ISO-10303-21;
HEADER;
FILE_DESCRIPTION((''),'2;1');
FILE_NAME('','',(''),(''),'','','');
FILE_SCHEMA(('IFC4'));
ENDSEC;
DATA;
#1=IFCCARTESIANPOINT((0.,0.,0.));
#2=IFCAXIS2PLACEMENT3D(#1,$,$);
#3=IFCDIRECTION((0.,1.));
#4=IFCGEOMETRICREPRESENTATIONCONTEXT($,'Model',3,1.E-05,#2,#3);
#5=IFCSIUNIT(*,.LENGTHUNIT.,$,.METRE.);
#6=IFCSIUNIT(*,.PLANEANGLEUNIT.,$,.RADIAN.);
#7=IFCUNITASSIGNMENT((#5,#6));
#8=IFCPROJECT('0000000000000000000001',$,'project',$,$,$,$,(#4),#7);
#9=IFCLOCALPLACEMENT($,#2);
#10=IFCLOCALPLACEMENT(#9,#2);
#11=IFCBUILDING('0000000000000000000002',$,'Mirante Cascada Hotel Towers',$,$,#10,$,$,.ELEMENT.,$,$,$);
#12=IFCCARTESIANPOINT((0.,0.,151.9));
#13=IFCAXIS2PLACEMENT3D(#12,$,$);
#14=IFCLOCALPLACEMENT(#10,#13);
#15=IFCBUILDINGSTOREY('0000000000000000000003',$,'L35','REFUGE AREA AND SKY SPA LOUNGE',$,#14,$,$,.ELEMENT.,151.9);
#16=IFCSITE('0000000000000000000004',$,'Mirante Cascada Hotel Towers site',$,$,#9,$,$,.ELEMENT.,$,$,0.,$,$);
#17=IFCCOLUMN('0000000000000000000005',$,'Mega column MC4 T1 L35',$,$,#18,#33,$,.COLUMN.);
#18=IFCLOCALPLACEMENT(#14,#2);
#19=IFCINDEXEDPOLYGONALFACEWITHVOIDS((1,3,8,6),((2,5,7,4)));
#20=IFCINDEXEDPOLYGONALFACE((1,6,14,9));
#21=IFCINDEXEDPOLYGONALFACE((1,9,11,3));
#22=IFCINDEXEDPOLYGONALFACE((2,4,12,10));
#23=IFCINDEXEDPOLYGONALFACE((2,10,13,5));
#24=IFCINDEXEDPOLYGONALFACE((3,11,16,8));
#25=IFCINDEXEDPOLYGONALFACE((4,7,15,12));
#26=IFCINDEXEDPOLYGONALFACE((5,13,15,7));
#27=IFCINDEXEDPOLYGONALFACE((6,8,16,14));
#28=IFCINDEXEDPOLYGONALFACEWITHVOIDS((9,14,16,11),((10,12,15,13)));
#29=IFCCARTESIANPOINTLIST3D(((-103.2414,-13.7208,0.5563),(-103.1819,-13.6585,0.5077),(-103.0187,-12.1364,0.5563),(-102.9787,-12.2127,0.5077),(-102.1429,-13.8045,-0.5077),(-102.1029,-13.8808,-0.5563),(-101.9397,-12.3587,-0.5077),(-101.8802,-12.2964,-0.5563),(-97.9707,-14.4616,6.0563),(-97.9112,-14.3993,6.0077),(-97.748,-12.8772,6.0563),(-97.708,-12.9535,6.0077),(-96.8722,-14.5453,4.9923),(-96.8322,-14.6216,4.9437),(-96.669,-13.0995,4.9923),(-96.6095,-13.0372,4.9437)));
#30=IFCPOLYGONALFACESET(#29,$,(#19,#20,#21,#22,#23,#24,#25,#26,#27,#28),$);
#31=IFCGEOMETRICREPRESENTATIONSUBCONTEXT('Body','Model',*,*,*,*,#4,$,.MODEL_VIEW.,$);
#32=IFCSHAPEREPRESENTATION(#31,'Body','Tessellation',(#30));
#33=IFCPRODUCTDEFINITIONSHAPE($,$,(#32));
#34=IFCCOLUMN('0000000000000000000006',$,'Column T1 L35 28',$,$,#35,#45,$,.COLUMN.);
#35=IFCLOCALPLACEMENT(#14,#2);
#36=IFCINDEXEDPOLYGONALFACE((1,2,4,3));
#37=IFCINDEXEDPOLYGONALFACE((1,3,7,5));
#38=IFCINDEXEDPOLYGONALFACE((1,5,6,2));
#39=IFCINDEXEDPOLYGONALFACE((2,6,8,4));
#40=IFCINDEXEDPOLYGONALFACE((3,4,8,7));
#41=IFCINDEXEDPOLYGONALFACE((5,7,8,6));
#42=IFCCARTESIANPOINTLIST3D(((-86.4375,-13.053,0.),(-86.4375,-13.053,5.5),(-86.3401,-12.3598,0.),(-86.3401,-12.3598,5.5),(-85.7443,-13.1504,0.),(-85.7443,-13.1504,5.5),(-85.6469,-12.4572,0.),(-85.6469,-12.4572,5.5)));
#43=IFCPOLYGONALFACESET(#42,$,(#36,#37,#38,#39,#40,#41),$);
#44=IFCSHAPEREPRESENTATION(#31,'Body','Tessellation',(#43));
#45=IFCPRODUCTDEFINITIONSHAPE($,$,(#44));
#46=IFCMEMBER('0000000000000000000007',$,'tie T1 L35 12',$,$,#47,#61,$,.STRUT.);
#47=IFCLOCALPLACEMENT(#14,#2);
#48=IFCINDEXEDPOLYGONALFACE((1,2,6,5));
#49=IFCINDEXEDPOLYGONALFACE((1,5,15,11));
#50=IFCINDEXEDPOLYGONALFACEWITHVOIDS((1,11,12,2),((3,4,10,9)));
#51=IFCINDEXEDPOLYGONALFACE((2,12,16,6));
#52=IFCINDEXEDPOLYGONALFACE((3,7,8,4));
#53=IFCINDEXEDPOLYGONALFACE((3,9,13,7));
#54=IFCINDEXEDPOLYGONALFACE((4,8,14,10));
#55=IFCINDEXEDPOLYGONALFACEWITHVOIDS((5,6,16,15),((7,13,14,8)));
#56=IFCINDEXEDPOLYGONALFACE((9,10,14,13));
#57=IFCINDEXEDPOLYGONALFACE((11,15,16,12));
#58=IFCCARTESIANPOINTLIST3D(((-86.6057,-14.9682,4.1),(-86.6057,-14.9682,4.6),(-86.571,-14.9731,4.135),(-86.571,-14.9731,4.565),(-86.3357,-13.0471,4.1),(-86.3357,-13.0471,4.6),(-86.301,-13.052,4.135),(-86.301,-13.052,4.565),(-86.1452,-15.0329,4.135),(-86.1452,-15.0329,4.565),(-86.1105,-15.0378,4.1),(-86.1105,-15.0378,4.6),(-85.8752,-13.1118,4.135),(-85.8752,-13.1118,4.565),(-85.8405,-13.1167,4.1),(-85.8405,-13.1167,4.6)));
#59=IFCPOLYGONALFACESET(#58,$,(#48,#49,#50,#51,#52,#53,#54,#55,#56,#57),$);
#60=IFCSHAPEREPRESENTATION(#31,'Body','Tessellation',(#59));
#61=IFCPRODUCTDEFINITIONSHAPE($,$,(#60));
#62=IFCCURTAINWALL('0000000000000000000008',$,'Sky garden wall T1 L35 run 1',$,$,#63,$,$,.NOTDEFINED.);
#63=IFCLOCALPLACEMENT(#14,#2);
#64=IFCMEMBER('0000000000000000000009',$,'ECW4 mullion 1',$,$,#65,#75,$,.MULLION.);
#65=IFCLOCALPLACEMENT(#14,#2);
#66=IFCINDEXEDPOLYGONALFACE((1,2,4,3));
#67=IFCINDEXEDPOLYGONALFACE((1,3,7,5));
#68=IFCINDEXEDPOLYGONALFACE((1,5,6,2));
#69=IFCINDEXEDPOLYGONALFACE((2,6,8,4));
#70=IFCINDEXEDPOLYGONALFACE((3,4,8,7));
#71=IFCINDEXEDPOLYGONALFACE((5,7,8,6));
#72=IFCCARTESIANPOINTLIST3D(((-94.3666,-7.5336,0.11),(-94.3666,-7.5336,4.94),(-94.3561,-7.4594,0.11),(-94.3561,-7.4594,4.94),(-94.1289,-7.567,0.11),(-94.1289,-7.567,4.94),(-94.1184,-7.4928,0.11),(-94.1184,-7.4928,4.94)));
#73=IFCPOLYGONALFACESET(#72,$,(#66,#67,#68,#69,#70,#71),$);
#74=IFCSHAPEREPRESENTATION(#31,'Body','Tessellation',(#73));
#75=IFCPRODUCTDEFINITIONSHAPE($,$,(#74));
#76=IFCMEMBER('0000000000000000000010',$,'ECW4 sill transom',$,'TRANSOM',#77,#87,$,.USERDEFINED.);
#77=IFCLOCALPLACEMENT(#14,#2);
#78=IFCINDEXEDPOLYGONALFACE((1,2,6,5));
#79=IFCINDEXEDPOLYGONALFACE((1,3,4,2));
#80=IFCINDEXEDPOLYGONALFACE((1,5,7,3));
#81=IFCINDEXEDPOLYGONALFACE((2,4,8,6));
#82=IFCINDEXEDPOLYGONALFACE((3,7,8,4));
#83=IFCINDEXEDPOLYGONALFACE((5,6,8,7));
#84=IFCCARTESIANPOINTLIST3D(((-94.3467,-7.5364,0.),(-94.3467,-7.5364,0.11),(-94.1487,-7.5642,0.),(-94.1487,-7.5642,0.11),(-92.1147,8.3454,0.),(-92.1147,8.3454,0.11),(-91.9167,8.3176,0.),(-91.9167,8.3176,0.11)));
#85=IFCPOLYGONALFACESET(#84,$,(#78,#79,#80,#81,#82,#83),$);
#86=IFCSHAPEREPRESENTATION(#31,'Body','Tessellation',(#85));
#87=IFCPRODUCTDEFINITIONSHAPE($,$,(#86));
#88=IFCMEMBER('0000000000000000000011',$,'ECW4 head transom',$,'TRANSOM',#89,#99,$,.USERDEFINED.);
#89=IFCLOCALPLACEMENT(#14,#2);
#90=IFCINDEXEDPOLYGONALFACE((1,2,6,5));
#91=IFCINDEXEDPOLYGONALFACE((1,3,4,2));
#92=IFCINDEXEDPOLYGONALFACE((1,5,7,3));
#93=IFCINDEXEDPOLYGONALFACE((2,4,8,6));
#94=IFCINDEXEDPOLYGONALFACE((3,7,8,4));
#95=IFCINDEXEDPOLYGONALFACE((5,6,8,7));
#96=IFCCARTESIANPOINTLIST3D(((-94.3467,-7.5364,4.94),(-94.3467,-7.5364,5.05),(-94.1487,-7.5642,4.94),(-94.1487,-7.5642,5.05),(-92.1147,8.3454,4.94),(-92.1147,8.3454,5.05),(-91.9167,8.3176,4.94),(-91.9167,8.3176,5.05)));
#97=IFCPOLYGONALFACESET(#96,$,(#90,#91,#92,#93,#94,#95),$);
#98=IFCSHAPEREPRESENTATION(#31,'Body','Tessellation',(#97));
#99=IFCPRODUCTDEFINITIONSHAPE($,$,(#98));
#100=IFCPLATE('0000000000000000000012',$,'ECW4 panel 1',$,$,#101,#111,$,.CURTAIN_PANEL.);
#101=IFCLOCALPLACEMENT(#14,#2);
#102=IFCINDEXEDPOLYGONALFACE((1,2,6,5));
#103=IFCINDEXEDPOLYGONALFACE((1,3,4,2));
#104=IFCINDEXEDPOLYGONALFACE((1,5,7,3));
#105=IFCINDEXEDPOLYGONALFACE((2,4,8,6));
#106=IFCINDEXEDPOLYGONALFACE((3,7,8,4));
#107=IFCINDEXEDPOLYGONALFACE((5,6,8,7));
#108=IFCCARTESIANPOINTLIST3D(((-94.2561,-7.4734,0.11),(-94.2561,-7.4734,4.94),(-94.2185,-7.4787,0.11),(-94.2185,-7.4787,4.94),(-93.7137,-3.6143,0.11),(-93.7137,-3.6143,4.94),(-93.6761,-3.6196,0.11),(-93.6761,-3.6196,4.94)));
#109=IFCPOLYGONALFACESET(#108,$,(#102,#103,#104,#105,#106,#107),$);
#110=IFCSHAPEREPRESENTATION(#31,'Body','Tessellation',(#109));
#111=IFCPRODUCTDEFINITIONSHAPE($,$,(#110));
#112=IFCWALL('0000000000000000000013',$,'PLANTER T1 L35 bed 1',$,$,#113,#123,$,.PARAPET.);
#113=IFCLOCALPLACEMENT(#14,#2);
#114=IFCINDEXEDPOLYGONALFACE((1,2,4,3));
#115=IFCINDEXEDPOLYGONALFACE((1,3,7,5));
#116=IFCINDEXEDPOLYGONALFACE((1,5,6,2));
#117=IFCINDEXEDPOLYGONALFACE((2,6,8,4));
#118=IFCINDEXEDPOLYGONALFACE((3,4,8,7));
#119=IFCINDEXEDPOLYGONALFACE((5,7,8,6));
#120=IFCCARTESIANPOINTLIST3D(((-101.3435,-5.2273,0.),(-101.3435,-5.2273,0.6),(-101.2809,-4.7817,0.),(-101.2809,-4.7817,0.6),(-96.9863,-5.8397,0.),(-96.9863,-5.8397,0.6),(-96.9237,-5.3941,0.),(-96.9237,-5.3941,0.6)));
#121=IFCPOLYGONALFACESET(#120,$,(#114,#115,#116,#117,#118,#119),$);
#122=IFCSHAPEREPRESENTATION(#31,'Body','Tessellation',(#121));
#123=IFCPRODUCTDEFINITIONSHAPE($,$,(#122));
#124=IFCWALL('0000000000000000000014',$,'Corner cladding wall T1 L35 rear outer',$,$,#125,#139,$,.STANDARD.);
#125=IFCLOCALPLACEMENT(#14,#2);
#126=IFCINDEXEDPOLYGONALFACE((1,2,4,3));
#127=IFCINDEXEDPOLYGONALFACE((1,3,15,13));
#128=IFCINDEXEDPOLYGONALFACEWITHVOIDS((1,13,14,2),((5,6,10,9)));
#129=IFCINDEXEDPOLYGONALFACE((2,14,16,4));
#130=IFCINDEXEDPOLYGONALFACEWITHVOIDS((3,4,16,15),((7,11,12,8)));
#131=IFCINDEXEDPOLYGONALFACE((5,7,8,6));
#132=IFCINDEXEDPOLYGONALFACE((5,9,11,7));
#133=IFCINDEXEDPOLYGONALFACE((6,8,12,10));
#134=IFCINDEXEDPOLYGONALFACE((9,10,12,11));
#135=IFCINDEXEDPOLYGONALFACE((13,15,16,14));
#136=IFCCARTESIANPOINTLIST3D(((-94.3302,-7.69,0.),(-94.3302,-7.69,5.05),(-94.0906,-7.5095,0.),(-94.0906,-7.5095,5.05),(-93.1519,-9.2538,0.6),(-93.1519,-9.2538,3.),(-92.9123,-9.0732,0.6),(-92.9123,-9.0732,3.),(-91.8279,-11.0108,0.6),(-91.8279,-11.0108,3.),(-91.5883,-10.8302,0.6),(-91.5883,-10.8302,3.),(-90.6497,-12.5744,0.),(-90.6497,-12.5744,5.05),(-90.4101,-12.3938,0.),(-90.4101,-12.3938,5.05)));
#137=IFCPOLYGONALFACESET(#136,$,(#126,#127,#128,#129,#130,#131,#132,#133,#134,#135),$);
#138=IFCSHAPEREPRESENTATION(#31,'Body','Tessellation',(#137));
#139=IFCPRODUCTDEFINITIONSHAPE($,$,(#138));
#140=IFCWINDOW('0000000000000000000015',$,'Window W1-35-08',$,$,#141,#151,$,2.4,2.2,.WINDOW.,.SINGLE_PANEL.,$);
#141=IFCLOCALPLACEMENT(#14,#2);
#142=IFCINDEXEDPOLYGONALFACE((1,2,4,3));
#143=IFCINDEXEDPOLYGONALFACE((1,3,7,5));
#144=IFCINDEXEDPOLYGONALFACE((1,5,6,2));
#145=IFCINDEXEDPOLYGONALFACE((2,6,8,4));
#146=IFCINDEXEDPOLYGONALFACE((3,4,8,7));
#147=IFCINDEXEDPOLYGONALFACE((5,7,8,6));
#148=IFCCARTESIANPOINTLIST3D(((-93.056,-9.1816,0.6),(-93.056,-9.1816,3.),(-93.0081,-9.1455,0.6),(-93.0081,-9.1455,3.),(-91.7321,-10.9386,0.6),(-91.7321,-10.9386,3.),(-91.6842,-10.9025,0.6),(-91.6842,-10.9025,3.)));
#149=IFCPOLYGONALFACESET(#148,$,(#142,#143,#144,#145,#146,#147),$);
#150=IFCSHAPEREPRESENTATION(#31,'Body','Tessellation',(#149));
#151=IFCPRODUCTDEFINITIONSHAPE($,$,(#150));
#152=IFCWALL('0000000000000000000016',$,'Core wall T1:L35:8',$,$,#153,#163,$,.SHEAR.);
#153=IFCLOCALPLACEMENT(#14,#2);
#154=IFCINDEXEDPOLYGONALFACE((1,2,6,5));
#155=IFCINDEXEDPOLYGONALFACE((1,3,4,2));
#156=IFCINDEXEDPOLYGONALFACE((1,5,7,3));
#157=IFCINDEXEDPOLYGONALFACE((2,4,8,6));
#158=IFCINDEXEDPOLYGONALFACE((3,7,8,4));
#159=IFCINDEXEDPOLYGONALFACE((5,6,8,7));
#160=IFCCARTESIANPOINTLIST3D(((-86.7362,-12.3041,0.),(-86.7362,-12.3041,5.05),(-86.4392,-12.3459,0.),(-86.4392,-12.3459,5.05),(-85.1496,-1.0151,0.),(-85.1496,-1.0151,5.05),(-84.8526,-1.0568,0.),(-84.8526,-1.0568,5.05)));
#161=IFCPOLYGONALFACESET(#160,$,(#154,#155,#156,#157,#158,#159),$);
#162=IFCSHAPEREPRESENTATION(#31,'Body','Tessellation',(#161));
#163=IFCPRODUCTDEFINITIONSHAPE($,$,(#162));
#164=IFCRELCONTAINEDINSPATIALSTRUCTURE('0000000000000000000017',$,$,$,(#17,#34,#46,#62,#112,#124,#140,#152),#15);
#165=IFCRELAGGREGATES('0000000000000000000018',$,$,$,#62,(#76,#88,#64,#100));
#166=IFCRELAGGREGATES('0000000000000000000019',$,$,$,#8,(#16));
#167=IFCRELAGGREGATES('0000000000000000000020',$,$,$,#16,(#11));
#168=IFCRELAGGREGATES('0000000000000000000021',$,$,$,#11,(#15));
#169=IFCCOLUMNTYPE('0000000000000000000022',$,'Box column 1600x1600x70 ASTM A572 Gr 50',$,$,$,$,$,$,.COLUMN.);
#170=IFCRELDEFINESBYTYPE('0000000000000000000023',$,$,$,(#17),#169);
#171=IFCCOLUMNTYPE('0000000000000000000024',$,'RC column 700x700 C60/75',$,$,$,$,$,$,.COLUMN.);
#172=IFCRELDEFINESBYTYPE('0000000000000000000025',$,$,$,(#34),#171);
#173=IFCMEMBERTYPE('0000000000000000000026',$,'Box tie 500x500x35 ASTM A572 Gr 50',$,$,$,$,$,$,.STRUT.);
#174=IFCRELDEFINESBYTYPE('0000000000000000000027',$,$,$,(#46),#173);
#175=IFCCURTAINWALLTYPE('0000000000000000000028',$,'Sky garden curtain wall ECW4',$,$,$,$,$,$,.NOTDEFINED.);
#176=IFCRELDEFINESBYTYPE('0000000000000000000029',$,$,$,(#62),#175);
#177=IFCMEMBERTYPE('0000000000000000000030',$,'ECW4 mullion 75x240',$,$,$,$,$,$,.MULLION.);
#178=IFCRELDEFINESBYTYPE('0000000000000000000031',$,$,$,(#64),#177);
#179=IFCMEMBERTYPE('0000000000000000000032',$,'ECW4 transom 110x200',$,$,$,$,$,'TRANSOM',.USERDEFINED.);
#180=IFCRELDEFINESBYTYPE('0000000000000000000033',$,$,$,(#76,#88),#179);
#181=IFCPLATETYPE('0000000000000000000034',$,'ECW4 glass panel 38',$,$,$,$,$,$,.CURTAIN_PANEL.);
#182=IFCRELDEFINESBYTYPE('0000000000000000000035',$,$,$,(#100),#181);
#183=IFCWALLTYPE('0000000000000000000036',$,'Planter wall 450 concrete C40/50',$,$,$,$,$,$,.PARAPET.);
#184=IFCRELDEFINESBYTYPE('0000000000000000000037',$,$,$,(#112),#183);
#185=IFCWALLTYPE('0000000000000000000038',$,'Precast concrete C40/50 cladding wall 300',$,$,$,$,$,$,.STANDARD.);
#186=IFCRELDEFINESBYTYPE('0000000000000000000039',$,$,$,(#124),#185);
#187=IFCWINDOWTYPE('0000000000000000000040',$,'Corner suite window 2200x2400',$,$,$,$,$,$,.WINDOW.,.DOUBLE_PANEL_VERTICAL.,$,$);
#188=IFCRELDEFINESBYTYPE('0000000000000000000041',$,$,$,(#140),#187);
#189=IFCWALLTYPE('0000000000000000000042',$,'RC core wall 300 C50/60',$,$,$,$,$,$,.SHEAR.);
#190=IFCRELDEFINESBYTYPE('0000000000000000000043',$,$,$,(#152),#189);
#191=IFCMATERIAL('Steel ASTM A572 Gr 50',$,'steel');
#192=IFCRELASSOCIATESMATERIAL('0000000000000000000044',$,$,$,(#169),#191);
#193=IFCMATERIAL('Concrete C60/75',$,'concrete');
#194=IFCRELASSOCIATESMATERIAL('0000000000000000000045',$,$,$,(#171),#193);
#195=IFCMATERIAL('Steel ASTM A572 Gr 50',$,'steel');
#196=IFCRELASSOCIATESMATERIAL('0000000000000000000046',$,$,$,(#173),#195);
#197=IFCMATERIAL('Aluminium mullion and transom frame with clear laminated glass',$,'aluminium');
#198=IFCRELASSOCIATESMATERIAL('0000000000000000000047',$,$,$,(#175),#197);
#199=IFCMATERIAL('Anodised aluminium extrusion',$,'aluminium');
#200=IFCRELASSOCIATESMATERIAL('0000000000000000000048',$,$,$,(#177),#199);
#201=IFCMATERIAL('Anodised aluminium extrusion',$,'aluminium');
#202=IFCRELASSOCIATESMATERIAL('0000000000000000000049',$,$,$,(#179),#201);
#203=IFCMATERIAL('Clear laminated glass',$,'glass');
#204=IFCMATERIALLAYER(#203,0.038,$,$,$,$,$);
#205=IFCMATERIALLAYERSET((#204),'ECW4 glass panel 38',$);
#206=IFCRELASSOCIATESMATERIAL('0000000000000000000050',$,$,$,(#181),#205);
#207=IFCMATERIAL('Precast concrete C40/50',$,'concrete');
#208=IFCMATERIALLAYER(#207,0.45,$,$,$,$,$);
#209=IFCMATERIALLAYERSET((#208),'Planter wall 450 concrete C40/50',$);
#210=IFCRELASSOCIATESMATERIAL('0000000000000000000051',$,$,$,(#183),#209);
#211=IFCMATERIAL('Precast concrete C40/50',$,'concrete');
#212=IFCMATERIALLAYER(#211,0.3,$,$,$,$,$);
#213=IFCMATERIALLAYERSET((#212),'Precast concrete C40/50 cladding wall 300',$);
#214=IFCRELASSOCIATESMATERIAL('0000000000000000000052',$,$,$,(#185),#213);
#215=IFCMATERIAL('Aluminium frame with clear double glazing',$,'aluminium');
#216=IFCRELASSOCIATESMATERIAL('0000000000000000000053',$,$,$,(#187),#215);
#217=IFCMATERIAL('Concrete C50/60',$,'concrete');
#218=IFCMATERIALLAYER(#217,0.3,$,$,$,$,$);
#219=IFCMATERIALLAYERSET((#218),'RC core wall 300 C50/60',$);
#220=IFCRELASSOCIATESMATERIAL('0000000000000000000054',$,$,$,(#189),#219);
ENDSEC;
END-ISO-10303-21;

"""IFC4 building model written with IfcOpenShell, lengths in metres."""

from ifc_helpers import new_model, si_unit, direction, frame, frame_2d, origin, origin_2d, place, context, subcontext, project, spatial, rectangle, hollow_rectangle, extrude, material, layer, layer_set, material_profile, profile_set, type_object, element, fill, aggregate, save


model = new_model("IFC4")

# Units and contexts
model_context = context("Model", 3, precision=1e-05, world=origin(), true_north=direction((0.0, 1.0)))
body_context = subcontext(model_context, "Body", "Model", "MODEL_VIEW")
ifc_project = project(units=[si_unit("LENGTHUNIT", "METRE"), si_unit("PLANEANGLEUNIT", "RADIAN")], contexts=[model_context])

# Site, building, storey
site_placement = place(None, origin())
site = spatial("IfcSite", under=ifc_project, at=site_placement, Name="Mirante Cascada Hotel Towers site", CompositionType="ELEMENT", RefElevation=0.0)
building_placement = place(site_placement, origin())
building = spatial("IfcBuilding", under=site, at=building_placement, Name="Mirante Cascada Hotel Towers", CompositionType="ELEMENT")
storey_placement = place(building_placement, frame((0.0, 0.0, 151.9)))
storey = spatial("IfcBuildingStorey", under=building, at=storey_placement, Name="L35", Description="REFUGE AREA AND SKY SPA LOUNGE", CompositionType="ELEMENT", Elevation=151.9)

# Columns
ifc_material_1 = material(Name="Steel ASTM A572 Gr 50", Category="steel")
ifc_material_profile_1 = material_profile(ifc_material_1, hollow_rectangle(XDim=1.6, YDim=1.6, WallThickness=0.07, at=origin_2d()), Name="Box column 1600x1600x70 ASTM A572 Gr 50")
ifc_profile_set_1 = profile_set([ifc_material_profile_1], Name="Steel ASTM A572 Gr 50")
column_type_1 = type_object("IfcColumnType", Name="Box column 1600x1600x70 ASTM A572 Gr 50", PredefinedType="COLUMN", material=ifc_profile_set_1)
column_1_placement = place(storey_placement, frame((-102.5608, -13.0086, 0.0), z_axis=(0.688648, -0.09679, 0.718607), x_axis=(0.139183, 0.990267, 0.0)))
element("IfcColumn", 1, at=column_1_placement, inside=storey, type_object=column_type_1, Name="Mega column MC4 T1 L35", PredefinedType="COLUMN", context=body_context, shape_type="SweptSolid", body=[
    extrude(hollow_rectangle(XDim=1.6, YDim=1.6, WallThickness=0.07, at=origin_2d()), origin(), (0.0, 0.0, 1.0), 7.6537),
])
ifc_material_2 = material(Name="Concrete C60/75", Category="concrete")
ifc_material_profile_2 = material_profile(ifc_material_2, rectangle(XDim=0.7, YDim=0.7, at=origin_2d()), Name="RC column 700x700 C60/75")
ifc_profile_set_2 = profile_set([ifc_material_profile_2], Name="Concrete C60/75")
column_type_2 = type_object("IfcColumnType", Name="RC column 700x700 C60/75", PredefinedType="COLUMN", material=ifc_profile_set_2)
column_2_placement = place(storey_placement, frame((-86.0422, -12.7551, 0.0), z_axis=(0.0, 0.0, 1.0), x_axis=(-0.990268, 0.139173, 0.0)))
element("IfcColumn", 2, at=column_2_placement, inside=storey, type_object=column_type_2, Name="Column T1 L35 28", PredefinedType="COLUMN", context=body_context, shape_type="SweptSolid", body=[
    extrude(rectangle(XDim=0.7, YDim=0.7, at=origin_2d()), origin(), (0.0, 0.0, 1.0), 5.5),
])

# Member
ifc_material_3 = material(Name="Steel ASTM A572 Gr 50", Category="steel")
ifc_material_profile_3 = material_profile(ifc_material_3, hollow_rectangle(XDim=0.5, YDim=0.5, WallThickness=0.035, at=origin_2d()), Name="Box tie 500x500x35 ASTM A572 Gr 50")
ifc_profile_set_3 = profile_set([ifc_material_profile_3], Name="Steel ASTM A572 Gr 50")
member_type_1 = type_object("IfcMemberType", Name="Box tie 500x500x35 ASTM A572 Gr 50", PredefinedType="STRUT", material=ifc_profile_set_3)
member_1_placement = place(storey_placement, frame((-86.0881, -13.0819, 4.35), z_axis=(-0.139177, -0.990268, 0.0), x_axis=(0.990268, -0.139177, 0.0)))
element("IfcMember", 3, at=member_1_placement, inside=storey, type_object=member_type_1, Name="tie T1 L35 12", PredefinedType="STRUT", context=body_context, shape_type="SweptSolid", body=[
    extrude(hollow_rectangle(XDim=0.5, YDim=0.5, WallThickness=0.035, at=origin_2d()), origin(), (0.0, 0.0, 1.0), 1.94),
])

# Curtain wall, members, plate
ifc_material_4 = material(Name="Aluminium mullion and transom frame with clear laminated glass", Category="aluminium")
curtain_wall_type = type_object("IfcCurtainWallType", Name="Sky garden curtain wall ECW4", PredefinedType="NOTDEFINED", material=ifc_material_4)
curtain_wall_placement = place(storey_placement, origin())
curtain_wall = element("IfcCurtainWall", 4, at=curtain_wall_placement, inside=storey, type_object=curtain_wall_type, Name="Sky garden wall T1 L35 run 1", PredefinedType="NOTDEFINED")
ifc_material_5 = material(Name="Anodised aluminium extrusion", Category="aluminium")
ifc_material_profile_4 = material_profile(ifc_material_5, rectangle(XDim=0.24, YDim=0.075, at=origin_2d()), Name="ECW4 MULLION 75x240")
ifc_profile_set_4 = profile_set([ifc_material_profile_4], Name="Anodised aluminium extrusion")
member_type_2 = type_object("IfcMemberType", Name="ECW4 mullion 75x240", PredefinedType="MULLION", material=ifc_profile_set_4)
member_2_placement = place(storey_placement, frame((-94.2425, -7.5132, 0.11), z_axis=(0.0, 0.0, 1.0), x_axis=(-0.990268, 0.139173, 0.0)))
member_2 = element("IfcMember", 5, at=member_2_placement, type_object=member_type_2, Name="ECW4 mullion 1", PredefinedType="MULLION", context=body_context, shape_type="SweptSolid", body=[
    extrude(rectangle(XDim=0.24, YDim=0.075, at=origin_2d()), origin(), (0.0, 0.0, 1.0), 4.83),
])
ifc_material_6 = material(Name="Anodised aluminium extrusion", Category="aluminium")
ifc_material_profile_5 = material_profile(ifc_material_6, rectangle(XDim=0.2, YDim=0.11, at=origin_2d()), Name="ECW4 TRANSOM 110x200")
ifc_profile_set_5 = profile_set([ifc_material_profile_5], Name="Anodised aluminium extrusion")
member_type_3 = type_object("IfcMemberType", Name="ECW4 transom 110x200", ElementType="TRANSOM", PredefinedType="USERDEFINED", material=ifc_profile_set_5)
member_3_placement = place(storey_placement, frame((-94.2477, -7.5503, 0.055), z_axis=(0.139171, 0.990268, 0.0), x_axis=(-0.990268, 0.139171, 0.0)))
member_3 = element("IfcMember", 6, at=member_3_placement, type_object=member_type_3, Name="ECW4 sill transom", ObjectType="TRANSOM", PredefinedType="USERDEFINED", context=body_context, shape_type="SweptSolid", body=[
    extrude(rectangle(XDim=0.2, YDim=0.11, at=origin_2d()), origin(), (0.0, 0.0, 1.0), 16.0379),
])
member_4_placement = place(storey_placement, frame((-94.2477, -7.5503, 4.995), z_axis=(0.139171, 0.990268, 0.0), x_axis=(-0.990268, 0.139171, 0.0)))
member_4 = element("IfcMember", 7, at=member_4_placement, type_object=member_type_3, Name="ECW4 head transom", ObjectType="TRANSOM", PredefinedType="USERDEFINED", context=body_context, shape_type="SweptSolid", body=[
    extrude(rectangle(XDim=0.2, YDim=0.11, at=origin_2d()), origin(), (0.0, 0.0, 1.0), 16.0379),
])
ifc_material_7 = material(Name="Clear laminated glass", Category="glass")
ifc_layer_1 = layer(ifc_material_7, 0.038)
ifc_layer_set_1 = layer_set([ifc_layer_1], Name="ECW4 glass panel 38")
plate_type = type_object("IfcPlateType", Name="ECW4 glass panel 38", PredefinedType="CURTAIN_PANEL", material=ifc_layer_set_1)
plate_placement = place(storey_placement, frame((-93.9661, -5.5465, 0.11), z_axis=(0.0, 0.0, 1.0), x_axis=(0.139173, 0.990268, 0.0)))
plate = element("IfcPlate", 8, at=plate_placement, type_object=plate_type, Name="ECW4 panel 1", PredefinedType="CURTAIN_PANEL", context=body_context, shape_type="SweptSolid", body=[
    extrude(rectangle(XDim=3.897, YDim=0.038, at=origin_2d()), origin(), (0.0, 0.0, 1.0), 4.83),
])
aggregate(curtain_wall, [member_3, member_4, member_2, plate])

# Wall
ifc_material_8 = material(Name="Precast concrete C40/50", Category="concrete")
ifc_layer_2 = layer(ifc_material_8, 0.45)
ifc_layer_set_2 = layer_set([ifc_layer_2], Name="Planter wall 450 concrete C40/50")
wall_type_1 = type_object("IfcWallType", Name="Planter wall 450 concrete C40/50", PredefinedType="PARAPET", material=ifc_layer_set_2)
wall_1_placement = place(storey_placement, frame((-96.955, -5.6169, 0.0), z_axis=(0.0, 0.0, 1.0), x_axis=(-0.990267, 0.139181, 0.0)))
element("IfcWall", 9, at=wall_1_placement, inside=storey, type_object=wall_type_1, Name="PLANTER T1 L35 bed 1", PredefinedType="PARAPET", context=body_context, shape_type="SweptSolid", body=[
    extrude(rectangle(XDim=4.4, YDim=0.45, at=frame_2d((2.2, 0.0))), origin(), (0.0, 0.0, 1.0), 0.6),
])

# Wall, opening, window
ifc_material_9 = material(Name="Precast concrete C40/50", Category="concrete")
ifc_layer_3 = layer(ifc_material_9, 0.3)
ifc_layer_set_3 = layer_set([ifc_layer_3], Name="Precast concrete C40/50 cladding wall 300")
wall_type_2 = type_object("IfcWallType", Name="Precast concrete C40/50 cladding wall 300", PredefinedType="STANDARD", material=ifc_layer_set_3)
wall_2_placement = place(storey_placement, frame((-90.5299, -12.4841, 0.0), z_axis=(0.0, 0.0, 1.0), x_axis=(-0.601806, 0.798642, 0.0)))
wall_2 = element("IfcWall", 10, at=wall_2_placement, inside=storey, type_object=wall_type_2, Name="Corner cladding wall T1 L35 rear outer", PredefinedType="STANDARD", context=body_context, shape_type="SweptSolid", body=[
    extrude(rectangle(XDim=6.1158, YDim=0.3, at=frame_2d((3.0579, 0.0))), origin(), (0.0, 0.0, 1.0), 5.05),
])
opening_placement = place(wall_2_placement, frame((1.9578, 0.0, 0.6)))
opening = element("IfcOpeningElement", 11, at=opening_placement, cuts=wall_2, PredefinedType="OPENING", context=body_context, shape_type="SweptSolid", body=[
    extrude(rectangle(XDim=2.2, YDim=2.4, at=frame_2d((1.1, 1.2))), frame((0.0, 0.15, 0.0), z_axis=(0.0, -1.0, 0.0), x_axis=(1.0, 0.0, 0.0)), (0.0, 0.0, 1.0), 0.3),
])
ifc_material_10 = material(Name="Aluminium frame with clear double glazing", Category="aluminium")
window_type = type_object("IfcWindowType", Name="Corner suite window 2200x2400", PartitioningType="DOUBLE_PANEL_VERTICAL", PredefinedType="WINDOW", material=ifc_material_10)
window_placement = place(opening_placement, origin())
window = element("IfcWindow", 12, at=window_placement, inside=storey, type_object=window_type, Name="Window W1-35-08", OverallHeight=2.4, OverallWidth=2.2, PartitioningType="SINGLE_PANEL", PredefinedType="WINDOW", context=body_context, shape_type="SweptSolid", body=[
    extrude(rectangle(XDim=2.2, YDim=2.4, at=frame_2d((1.1, 1.2))), frame((0.0, 0.03, 0.0), z_axis=(0.0, -1.0, 0.0), x_axis=(1.0, 0.0, 0.0)), (0.0, 0.0, 1.0), 0.06),
])
fill(opening, window)

# Wall
ifc_material_11 = material(Name="Concrete C50/60", Category="concrete")
ifc_layer_4 = layer(ifc_material_11, 0.3)
ifc_layer_set_4 = layer_set([ifc_layer_4], Name="RC core wall 300 C50/60")
wall_type_3 = type_object("IfcWallType", Name="RC core wall 300 C50/60", PredefinedType="SHEAR", material=ifc_layer_set_4)
wall_3_placement = place(storey_placement, frame((-86.5877, -12.325, 0.0), z_axis=(0.0, 0.0, 1.0), x_axis=(0.139175, 0.990268, 0.0)))
element("IfcWall", 13, at=wall_3_placement, inside=storey, type_object=wall_type_3, Name="Core wall T1:L35:8", PredefinedType="SHEAR", context=body_context, shape_type="SweptSolid", body=[
    extrude(rectangle(XDim=11.4, YDim=0.3, at=frame_2d((5.7, 0.0))), origin(), (0.0, 0.0, 1.0), 5.05),
])

save(model, "model.ifc")
